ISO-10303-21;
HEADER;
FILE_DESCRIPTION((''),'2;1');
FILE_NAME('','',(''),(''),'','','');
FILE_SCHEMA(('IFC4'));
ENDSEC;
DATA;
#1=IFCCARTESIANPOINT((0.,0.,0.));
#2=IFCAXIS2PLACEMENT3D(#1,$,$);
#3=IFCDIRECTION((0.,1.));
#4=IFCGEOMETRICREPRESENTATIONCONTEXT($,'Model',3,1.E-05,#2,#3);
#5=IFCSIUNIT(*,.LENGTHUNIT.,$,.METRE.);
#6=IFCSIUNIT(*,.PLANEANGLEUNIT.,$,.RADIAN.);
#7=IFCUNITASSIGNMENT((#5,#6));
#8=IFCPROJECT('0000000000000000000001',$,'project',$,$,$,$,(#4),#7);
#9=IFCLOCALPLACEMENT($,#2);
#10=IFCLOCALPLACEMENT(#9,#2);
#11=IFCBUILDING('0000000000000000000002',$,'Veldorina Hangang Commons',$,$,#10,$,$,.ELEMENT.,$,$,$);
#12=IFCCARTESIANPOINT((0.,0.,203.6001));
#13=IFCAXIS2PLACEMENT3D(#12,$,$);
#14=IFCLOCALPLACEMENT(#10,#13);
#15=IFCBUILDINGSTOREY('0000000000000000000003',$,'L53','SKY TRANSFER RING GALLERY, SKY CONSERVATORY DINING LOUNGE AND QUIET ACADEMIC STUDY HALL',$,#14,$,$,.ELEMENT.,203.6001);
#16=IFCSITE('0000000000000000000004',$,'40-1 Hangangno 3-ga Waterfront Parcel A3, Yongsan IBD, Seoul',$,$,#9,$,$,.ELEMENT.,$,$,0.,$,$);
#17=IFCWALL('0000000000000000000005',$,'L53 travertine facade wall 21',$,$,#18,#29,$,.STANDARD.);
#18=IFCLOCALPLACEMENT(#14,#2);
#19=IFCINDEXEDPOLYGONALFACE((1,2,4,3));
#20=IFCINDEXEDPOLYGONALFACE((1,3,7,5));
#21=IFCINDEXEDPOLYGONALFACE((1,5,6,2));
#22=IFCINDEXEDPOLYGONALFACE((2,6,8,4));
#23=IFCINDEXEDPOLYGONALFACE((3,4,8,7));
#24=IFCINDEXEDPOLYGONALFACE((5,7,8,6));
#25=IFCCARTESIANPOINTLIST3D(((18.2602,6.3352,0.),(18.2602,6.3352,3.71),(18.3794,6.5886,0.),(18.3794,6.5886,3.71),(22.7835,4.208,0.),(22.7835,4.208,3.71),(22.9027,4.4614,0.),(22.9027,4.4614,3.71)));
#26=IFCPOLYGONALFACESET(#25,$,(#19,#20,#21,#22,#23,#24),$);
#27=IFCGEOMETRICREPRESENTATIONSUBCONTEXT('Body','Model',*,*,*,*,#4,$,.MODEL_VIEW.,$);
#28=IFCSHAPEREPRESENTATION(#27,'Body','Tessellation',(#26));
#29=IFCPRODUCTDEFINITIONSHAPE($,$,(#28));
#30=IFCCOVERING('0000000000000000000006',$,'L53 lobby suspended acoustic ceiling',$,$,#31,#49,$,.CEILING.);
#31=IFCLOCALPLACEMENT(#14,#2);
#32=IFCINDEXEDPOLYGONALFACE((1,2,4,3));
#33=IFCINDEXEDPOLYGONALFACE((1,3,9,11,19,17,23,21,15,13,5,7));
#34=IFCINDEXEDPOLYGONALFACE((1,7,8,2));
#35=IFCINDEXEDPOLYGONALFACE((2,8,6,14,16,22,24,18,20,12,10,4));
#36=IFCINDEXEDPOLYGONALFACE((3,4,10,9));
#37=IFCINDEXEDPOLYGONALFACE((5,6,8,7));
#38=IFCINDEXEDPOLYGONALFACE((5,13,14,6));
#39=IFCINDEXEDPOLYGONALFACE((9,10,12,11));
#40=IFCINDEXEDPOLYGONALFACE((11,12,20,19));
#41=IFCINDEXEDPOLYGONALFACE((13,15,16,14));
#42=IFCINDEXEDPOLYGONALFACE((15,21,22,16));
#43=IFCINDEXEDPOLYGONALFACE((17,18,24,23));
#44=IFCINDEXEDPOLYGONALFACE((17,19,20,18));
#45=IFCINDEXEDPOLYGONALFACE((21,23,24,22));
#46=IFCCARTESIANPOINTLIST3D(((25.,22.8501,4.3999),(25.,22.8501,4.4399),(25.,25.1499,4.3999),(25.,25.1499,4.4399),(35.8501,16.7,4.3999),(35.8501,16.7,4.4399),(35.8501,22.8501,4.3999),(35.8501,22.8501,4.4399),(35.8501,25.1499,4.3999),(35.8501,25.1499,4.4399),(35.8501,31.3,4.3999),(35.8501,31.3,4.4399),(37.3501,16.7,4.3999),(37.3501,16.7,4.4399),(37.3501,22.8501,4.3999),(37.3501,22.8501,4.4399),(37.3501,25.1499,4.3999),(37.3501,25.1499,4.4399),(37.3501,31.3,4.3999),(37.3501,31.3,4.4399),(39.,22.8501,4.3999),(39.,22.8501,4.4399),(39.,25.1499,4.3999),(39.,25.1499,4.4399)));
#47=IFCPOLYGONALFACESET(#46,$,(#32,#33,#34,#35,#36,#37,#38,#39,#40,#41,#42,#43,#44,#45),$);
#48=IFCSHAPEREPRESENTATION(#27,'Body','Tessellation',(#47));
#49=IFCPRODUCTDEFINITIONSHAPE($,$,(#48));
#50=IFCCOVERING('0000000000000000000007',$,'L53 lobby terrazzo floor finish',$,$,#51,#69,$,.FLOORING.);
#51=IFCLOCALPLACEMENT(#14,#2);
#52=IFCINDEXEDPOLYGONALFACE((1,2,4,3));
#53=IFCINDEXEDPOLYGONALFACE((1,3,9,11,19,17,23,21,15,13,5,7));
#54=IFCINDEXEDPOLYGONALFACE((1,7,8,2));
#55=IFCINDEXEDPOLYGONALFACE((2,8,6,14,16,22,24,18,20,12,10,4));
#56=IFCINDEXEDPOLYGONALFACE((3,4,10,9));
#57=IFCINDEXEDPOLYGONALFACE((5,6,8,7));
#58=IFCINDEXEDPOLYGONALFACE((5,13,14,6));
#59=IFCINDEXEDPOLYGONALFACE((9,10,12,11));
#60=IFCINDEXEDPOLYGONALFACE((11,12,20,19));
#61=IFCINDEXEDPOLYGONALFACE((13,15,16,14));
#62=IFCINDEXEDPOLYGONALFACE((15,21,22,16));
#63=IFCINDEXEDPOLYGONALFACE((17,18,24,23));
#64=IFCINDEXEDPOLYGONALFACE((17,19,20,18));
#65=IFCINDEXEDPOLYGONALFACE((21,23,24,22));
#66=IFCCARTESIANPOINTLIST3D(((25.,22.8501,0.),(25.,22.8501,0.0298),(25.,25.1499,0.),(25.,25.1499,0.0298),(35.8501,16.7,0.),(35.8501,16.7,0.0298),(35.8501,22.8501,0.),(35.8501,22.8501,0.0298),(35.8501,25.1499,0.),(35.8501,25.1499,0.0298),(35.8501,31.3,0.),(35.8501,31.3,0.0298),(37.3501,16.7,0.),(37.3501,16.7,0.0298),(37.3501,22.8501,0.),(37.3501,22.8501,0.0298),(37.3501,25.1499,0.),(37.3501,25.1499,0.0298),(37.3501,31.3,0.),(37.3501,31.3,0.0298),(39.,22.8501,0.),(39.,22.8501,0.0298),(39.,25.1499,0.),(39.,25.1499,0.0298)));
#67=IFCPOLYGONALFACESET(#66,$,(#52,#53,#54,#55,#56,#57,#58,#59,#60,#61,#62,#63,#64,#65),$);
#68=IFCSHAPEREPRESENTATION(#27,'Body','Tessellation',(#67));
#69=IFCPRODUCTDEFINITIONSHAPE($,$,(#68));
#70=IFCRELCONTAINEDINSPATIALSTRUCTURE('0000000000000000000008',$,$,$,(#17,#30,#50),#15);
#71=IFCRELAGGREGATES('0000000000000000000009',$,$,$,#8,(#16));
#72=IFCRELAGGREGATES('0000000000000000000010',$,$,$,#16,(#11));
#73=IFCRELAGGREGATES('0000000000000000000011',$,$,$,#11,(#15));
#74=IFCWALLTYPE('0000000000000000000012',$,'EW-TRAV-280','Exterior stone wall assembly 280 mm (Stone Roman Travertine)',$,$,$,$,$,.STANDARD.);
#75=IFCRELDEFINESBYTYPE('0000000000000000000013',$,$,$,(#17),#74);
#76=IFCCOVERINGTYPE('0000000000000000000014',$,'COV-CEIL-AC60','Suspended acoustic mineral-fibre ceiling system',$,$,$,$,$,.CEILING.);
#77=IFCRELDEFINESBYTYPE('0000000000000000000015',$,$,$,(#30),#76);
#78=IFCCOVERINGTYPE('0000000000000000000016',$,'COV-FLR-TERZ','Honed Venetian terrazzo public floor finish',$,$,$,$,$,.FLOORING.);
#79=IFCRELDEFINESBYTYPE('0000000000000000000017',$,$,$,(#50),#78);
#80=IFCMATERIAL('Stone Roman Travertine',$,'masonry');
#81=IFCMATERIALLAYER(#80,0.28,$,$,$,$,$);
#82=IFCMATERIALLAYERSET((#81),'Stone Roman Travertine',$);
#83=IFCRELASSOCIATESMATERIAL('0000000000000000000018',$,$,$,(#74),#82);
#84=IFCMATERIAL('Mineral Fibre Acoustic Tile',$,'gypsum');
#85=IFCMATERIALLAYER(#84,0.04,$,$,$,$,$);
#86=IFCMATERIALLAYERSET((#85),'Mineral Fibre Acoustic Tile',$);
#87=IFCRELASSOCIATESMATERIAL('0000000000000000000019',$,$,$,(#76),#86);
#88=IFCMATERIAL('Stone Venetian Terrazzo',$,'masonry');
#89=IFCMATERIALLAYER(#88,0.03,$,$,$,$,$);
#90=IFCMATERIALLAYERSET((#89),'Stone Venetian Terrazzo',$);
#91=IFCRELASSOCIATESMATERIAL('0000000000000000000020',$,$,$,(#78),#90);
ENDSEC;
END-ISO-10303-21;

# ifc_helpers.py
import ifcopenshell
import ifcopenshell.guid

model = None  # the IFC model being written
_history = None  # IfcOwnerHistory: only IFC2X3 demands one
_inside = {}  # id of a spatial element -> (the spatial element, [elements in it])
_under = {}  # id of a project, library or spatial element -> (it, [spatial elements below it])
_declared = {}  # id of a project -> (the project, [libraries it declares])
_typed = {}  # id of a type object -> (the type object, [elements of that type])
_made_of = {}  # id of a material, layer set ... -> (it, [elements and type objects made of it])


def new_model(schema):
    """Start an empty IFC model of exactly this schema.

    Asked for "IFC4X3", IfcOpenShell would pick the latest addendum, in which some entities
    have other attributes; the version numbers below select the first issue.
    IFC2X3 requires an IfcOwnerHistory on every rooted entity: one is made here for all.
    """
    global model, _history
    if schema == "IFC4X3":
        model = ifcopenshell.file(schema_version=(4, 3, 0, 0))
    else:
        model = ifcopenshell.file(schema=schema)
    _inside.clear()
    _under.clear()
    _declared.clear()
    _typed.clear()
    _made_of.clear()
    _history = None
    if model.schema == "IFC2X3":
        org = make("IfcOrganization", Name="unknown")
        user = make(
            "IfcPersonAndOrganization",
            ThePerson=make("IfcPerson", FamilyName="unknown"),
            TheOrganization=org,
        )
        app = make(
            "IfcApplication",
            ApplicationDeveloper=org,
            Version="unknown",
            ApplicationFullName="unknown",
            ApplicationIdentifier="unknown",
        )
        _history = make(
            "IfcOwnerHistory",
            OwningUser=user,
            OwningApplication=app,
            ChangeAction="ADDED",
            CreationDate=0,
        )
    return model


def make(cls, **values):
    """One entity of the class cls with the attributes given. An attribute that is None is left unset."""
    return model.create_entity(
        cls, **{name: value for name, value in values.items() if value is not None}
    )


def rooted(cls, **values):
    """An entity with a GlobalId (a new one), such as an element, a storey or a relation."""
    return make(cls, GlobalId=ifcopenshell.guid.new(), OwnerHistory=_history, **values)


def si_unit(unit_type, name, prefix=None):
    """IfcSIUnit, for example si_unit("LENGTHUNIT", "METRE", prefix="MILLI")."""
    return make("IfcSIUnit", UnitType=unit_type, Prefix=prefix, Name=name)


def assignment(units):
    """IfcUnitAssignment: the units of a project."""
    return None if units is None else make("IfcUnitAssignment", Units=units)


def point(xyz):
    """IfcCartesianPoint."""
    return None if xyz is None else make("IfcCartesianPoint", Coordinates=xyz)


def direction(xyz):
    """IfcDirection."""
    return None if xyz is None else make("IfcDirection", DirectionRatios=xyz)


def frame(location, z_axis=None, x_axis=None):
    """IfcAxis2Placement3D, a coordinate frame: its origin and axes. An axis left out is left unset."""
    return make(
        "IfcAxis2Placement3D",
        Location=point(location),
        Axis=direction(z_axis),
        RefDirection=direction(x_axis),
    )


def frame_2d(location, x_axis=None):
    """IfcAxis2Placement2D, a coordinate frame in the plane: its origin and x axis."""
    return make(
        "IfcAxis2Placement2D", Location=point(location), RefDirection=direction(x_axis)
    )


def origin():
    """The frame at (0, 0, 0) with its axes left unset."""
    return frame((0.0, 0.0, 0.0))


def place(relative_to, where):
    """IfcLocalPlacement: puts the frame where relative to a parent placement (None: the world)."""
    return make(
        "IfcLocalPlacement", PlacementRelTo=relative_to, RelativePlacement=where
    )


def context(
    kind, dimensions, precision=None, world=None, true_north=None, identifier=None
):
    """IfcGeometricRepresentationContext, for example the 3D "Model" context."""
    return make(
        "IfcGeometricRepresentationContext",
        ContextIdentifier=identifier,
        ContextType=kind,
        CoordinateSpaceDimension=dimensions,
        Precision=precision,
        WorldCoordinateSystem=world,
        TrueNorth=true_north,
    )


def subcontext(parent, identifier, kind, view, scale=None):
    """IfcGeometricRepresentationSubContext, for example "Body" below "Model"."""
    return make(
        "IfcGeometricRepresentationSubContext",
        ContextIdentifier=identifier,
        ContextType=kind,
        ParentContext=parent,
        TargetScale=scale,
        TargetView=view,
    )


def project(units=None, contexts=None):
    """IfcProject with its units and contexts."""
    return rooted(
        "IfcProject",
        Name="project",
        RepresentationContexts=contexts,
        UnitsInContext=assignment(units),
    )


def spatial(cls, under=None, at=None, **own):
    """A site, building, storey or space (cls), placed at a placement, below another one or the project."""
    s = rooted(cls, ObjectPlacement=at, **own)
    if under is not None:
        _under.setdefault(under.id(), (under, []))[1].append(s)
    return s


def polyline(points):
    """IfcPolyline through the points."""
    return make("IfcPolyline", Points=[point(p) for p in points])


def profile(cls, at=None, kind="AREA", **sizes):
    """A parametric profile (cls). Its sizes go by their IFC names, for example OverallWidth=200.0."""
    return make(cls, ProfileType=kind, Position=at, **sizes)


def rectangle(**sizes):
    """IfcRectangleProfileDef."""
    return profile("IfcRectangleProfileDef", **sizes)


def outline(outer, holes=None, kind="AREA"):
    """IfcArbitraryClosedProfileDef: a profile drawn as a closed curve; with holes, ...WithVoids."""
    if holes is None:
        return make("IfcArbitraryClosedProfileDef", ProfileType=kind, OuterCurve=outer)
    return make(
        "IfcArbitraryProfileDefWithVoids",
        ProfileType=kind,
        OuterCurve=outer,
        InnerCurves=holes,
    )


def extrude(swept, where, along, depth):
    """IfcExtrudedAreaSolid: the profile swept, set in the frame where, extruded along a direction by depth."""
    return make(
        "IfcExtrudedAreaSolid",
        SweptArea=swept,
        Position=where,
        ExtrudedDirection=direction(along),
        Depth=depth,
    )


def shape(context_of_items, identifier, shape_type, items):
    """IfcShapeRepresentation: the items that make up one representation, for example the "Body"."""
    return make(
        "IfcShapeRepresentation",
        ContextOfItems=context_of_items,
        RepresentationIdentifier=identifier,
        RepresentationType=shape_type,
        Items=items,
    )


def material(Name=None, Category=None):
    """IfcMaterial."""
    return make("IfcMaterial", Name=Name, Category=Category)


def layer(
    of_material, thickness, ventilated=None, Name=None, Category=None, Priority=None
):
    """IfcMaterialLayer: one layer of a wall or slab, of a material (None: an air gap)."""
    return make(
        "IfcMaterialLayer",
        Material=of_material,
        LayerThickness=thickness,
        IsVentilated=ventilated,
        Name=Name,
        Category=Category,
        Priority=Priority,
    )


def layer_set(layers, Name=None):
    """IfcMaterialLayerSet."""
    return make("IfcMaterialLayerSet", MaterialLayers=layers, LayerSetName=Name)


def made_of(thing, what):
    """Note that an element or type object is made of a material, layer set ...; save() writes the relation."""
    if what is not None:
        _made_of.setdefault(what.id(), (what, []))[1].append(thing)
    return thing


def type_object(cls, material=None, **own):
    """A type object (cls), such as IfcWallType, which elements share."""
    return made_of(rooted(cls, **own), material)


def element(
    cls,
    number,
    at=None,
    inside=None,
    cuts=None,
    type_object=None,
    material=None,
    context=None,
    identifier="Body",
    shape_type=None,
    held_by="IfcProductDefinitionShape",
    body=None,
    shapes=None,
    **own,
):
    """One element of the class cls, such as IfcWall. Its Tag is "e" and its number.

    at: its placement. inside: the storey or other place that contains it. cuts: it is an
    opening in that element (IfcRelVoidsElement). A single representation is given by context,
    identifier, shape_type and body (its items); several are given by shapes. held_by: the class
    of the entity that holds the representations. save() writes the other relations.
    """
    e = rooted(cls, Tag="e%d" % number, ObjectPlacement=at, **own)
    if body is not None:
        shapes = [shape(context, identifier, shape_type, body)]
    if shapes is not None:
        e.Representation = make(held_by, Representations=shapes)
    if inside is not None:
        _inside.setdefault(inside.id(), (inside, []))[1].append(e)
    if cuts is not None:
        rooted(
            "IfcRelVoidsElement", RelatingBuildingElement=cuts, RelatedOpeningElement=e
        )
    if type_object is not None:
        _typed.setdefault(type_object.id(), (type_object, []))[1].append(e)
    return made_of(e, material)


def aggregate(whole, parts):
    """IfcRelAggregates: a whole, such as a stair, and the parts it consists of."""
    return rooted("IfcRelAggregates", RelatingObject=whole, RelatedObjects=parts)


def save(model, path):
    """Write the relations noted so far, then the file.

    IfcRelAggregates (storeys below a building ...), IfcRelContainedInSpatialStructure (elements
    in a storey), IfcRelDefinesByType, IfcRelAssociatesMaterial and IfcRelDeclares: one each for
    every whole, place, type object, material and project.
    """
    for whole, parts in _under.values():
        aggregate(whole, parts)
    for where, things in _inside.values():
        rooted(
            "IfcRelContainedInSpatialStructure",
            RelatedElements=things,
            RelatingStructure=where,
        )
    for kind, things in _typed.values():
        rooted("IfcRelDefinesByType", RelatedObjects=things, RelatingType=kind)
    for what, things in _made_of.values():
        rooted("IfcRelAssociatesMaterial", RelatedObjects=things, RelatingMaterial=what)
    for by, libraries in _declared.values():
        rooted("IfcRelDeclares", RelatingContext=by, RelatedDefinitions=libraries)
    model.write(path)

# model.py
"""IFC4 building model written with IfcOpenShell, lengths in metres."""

from ifc_helpers import new_model, si_unit, direction, frame, frame_2d, origin, place, context, subcontext, project, spatial, polyline, rectangle, outline, extrude, material, layer, layer_set, type_object, element, save


model = new_model("IFC4")

# Units and contexts
model_context = context("Model", 3, precision=1e-05, world=origin(), true_north=direction((0.0, 1.0)))
body_context = subcontext(model_context, "Body", "Model", "MODEL_VIEW")
ifc_project = project(units=[si_unit("LENGTHUNIT", "METRE"), si_unit("PLANEANGLEUNIT", "RADIAN")], contexts=[model_context])

# Site, building, storey
site_placement = place(None, origin())
site = spatial("IfcSite", under=ifc_project, at=site_placement, Name="40-1 Hangangno 3-ga Waterfront Parcel A3, Yongsan IBD, Seoul", CompositionType="ELEMENT", RefElevation=0.0)
building_placement = place(site_placement, origin())
building = spatial("IfcBuilding", under=site, at=building_placement, Name="Veldorina Hangang Commons", CompositionType="ELEMENT")
storey_placement = place(building_placement, frame((0.0, 0.0, 203.6001)))
storey = spatial("IfcBuildingStorey", under=building, at=storey_placement, Name="L53", Description="SKY TRANSFER RING GALLERY, SKY CONSERVATORY DINING LOUNGE AND QUIET ACADEMIC STUDY HALL", CompositionType="ELEMENT", Elevation=203.6001)

# Wall
ifc_material_1 = material(Name="Stone Roman Travertine", Category="masonry")
ifc_layer_1 = layer(ifc_material_1, 0.28)
ifc_layer_set_1 = layer_set([ifc_layer_1], Name="Stone Roman Travertine")
wall_type = type_object("IfcWallType", Name="EW-TRAV-280", Description="Exterior stone wall assembly 280 mm (Stone Roman Travertine)", PredefinedType="STANDARD", material=ifc_layer_set_1)
wall_placement = place(storey_placement, frame((18.3198, 6.4619, 0.0), z_axis=(0.0, 0.0, 1.0), x_axis=(0.904924, -0.425574, 0.0)))
element("IfcWall", 1, at=wall_placement, inside=storey, type_object=wall_type, Name="L53 travertine facade wall 21", PredefinedType="STANDARD", context=body_context, shape_type="SweptSolid", body=[
    extrude(rectangle(XDim=4.9985, YDim=0.28, at=frame_2d((2.4993, 0.0))), origin(), (0.0, 0.0, 1.0), 3.71),
])

# Coverings
ifc_material_2 = material(Name="Mineral Fibre Acoustic Tile", Category="gypsum")
ifc_layer_2 = layer(ifc_material_2, 0.04)
ifc_layer_set_2 = layer_set([ifc_layer_2], Name="Mineral Fibre Acoustic Tile")
covering_type_1 = type_object("IfcCoveringType", Name="COV-CEIL-AC60", Description="Suspended acoustic mineral-fibre ceiling system", PredefinedType="CEILING", material=ifc_layer_set_2)
covering_1_placement = place(storey_placement, frame((0.0, 0.0, 4.3999)))
element("IfcCovering", 2, at=covering_1_placement, inside=storey, type_object=covering_type_1, Name="L53 lobby suspended acoustic ceiling", PredefinedType="CEILING", context=body_context, shape_type="SweptSolid", body=[
    extrude(outline(polyline([(25.0, 22.8501), (35.8501, 22.8501), (35.8501, 16.7), (37.3501, 16.7), (37.3501, 22.8501), (39.0, 22.8501), (39.0, 25.1499), (37.3501, 25.1499), (37.3501, 31.3), (35.8501, 31.3), (35.8501, 25.1499), (25.0, 25.1499), (25.0, 22.8501)])), origin(), (0.0, 0.0, 1.0), 0.04),
])
ifc_material_3 = material(Name="Stone Venetian Terrazzo", Category="masonry")
ifc_layer_3 = layer(ifc_material_3, 0.03)
ifc_layer_set_3 = layer_set([ifc_layer_3], Name="Stone Venetian Terrazzo")
covering_type_2 = type_object("IfcCoveringType", Name="COV-FLR-TERZ", Description="Honed Venetian terrazzo public floor finish", PredefinedType="FLOORING", material=ifc_layer_set_3)
covering_2_placement = place(storey_placement, origin())
element("IfcCovering", 3, at=covering_2_placement, inside=storey, type_object=covering_type_2, Name="L53 lobby terrazzo floor finish", PredefinedType="FLOORING", context=body_context, shape_type="SweptSolid", body=[
    extrude(outline(polyline([(25.0, 22.8501), (35.8501, 22.8501), (35.8501, 16.7), (37.3501, 16.7), (37.3501, 22.8501), (39.0, 22.8501), (39.0, 25.1499), (37.3501, 25.1499), (37.3501, 31.3), (35.8501, 31.3), (35.8501, 25.1499), (25.0, 25.1499), (25.0, 22.8501)])), origin(), (0.0, 0.0, 1.0), 0.0298),
])

save(model, "model.ifc")
